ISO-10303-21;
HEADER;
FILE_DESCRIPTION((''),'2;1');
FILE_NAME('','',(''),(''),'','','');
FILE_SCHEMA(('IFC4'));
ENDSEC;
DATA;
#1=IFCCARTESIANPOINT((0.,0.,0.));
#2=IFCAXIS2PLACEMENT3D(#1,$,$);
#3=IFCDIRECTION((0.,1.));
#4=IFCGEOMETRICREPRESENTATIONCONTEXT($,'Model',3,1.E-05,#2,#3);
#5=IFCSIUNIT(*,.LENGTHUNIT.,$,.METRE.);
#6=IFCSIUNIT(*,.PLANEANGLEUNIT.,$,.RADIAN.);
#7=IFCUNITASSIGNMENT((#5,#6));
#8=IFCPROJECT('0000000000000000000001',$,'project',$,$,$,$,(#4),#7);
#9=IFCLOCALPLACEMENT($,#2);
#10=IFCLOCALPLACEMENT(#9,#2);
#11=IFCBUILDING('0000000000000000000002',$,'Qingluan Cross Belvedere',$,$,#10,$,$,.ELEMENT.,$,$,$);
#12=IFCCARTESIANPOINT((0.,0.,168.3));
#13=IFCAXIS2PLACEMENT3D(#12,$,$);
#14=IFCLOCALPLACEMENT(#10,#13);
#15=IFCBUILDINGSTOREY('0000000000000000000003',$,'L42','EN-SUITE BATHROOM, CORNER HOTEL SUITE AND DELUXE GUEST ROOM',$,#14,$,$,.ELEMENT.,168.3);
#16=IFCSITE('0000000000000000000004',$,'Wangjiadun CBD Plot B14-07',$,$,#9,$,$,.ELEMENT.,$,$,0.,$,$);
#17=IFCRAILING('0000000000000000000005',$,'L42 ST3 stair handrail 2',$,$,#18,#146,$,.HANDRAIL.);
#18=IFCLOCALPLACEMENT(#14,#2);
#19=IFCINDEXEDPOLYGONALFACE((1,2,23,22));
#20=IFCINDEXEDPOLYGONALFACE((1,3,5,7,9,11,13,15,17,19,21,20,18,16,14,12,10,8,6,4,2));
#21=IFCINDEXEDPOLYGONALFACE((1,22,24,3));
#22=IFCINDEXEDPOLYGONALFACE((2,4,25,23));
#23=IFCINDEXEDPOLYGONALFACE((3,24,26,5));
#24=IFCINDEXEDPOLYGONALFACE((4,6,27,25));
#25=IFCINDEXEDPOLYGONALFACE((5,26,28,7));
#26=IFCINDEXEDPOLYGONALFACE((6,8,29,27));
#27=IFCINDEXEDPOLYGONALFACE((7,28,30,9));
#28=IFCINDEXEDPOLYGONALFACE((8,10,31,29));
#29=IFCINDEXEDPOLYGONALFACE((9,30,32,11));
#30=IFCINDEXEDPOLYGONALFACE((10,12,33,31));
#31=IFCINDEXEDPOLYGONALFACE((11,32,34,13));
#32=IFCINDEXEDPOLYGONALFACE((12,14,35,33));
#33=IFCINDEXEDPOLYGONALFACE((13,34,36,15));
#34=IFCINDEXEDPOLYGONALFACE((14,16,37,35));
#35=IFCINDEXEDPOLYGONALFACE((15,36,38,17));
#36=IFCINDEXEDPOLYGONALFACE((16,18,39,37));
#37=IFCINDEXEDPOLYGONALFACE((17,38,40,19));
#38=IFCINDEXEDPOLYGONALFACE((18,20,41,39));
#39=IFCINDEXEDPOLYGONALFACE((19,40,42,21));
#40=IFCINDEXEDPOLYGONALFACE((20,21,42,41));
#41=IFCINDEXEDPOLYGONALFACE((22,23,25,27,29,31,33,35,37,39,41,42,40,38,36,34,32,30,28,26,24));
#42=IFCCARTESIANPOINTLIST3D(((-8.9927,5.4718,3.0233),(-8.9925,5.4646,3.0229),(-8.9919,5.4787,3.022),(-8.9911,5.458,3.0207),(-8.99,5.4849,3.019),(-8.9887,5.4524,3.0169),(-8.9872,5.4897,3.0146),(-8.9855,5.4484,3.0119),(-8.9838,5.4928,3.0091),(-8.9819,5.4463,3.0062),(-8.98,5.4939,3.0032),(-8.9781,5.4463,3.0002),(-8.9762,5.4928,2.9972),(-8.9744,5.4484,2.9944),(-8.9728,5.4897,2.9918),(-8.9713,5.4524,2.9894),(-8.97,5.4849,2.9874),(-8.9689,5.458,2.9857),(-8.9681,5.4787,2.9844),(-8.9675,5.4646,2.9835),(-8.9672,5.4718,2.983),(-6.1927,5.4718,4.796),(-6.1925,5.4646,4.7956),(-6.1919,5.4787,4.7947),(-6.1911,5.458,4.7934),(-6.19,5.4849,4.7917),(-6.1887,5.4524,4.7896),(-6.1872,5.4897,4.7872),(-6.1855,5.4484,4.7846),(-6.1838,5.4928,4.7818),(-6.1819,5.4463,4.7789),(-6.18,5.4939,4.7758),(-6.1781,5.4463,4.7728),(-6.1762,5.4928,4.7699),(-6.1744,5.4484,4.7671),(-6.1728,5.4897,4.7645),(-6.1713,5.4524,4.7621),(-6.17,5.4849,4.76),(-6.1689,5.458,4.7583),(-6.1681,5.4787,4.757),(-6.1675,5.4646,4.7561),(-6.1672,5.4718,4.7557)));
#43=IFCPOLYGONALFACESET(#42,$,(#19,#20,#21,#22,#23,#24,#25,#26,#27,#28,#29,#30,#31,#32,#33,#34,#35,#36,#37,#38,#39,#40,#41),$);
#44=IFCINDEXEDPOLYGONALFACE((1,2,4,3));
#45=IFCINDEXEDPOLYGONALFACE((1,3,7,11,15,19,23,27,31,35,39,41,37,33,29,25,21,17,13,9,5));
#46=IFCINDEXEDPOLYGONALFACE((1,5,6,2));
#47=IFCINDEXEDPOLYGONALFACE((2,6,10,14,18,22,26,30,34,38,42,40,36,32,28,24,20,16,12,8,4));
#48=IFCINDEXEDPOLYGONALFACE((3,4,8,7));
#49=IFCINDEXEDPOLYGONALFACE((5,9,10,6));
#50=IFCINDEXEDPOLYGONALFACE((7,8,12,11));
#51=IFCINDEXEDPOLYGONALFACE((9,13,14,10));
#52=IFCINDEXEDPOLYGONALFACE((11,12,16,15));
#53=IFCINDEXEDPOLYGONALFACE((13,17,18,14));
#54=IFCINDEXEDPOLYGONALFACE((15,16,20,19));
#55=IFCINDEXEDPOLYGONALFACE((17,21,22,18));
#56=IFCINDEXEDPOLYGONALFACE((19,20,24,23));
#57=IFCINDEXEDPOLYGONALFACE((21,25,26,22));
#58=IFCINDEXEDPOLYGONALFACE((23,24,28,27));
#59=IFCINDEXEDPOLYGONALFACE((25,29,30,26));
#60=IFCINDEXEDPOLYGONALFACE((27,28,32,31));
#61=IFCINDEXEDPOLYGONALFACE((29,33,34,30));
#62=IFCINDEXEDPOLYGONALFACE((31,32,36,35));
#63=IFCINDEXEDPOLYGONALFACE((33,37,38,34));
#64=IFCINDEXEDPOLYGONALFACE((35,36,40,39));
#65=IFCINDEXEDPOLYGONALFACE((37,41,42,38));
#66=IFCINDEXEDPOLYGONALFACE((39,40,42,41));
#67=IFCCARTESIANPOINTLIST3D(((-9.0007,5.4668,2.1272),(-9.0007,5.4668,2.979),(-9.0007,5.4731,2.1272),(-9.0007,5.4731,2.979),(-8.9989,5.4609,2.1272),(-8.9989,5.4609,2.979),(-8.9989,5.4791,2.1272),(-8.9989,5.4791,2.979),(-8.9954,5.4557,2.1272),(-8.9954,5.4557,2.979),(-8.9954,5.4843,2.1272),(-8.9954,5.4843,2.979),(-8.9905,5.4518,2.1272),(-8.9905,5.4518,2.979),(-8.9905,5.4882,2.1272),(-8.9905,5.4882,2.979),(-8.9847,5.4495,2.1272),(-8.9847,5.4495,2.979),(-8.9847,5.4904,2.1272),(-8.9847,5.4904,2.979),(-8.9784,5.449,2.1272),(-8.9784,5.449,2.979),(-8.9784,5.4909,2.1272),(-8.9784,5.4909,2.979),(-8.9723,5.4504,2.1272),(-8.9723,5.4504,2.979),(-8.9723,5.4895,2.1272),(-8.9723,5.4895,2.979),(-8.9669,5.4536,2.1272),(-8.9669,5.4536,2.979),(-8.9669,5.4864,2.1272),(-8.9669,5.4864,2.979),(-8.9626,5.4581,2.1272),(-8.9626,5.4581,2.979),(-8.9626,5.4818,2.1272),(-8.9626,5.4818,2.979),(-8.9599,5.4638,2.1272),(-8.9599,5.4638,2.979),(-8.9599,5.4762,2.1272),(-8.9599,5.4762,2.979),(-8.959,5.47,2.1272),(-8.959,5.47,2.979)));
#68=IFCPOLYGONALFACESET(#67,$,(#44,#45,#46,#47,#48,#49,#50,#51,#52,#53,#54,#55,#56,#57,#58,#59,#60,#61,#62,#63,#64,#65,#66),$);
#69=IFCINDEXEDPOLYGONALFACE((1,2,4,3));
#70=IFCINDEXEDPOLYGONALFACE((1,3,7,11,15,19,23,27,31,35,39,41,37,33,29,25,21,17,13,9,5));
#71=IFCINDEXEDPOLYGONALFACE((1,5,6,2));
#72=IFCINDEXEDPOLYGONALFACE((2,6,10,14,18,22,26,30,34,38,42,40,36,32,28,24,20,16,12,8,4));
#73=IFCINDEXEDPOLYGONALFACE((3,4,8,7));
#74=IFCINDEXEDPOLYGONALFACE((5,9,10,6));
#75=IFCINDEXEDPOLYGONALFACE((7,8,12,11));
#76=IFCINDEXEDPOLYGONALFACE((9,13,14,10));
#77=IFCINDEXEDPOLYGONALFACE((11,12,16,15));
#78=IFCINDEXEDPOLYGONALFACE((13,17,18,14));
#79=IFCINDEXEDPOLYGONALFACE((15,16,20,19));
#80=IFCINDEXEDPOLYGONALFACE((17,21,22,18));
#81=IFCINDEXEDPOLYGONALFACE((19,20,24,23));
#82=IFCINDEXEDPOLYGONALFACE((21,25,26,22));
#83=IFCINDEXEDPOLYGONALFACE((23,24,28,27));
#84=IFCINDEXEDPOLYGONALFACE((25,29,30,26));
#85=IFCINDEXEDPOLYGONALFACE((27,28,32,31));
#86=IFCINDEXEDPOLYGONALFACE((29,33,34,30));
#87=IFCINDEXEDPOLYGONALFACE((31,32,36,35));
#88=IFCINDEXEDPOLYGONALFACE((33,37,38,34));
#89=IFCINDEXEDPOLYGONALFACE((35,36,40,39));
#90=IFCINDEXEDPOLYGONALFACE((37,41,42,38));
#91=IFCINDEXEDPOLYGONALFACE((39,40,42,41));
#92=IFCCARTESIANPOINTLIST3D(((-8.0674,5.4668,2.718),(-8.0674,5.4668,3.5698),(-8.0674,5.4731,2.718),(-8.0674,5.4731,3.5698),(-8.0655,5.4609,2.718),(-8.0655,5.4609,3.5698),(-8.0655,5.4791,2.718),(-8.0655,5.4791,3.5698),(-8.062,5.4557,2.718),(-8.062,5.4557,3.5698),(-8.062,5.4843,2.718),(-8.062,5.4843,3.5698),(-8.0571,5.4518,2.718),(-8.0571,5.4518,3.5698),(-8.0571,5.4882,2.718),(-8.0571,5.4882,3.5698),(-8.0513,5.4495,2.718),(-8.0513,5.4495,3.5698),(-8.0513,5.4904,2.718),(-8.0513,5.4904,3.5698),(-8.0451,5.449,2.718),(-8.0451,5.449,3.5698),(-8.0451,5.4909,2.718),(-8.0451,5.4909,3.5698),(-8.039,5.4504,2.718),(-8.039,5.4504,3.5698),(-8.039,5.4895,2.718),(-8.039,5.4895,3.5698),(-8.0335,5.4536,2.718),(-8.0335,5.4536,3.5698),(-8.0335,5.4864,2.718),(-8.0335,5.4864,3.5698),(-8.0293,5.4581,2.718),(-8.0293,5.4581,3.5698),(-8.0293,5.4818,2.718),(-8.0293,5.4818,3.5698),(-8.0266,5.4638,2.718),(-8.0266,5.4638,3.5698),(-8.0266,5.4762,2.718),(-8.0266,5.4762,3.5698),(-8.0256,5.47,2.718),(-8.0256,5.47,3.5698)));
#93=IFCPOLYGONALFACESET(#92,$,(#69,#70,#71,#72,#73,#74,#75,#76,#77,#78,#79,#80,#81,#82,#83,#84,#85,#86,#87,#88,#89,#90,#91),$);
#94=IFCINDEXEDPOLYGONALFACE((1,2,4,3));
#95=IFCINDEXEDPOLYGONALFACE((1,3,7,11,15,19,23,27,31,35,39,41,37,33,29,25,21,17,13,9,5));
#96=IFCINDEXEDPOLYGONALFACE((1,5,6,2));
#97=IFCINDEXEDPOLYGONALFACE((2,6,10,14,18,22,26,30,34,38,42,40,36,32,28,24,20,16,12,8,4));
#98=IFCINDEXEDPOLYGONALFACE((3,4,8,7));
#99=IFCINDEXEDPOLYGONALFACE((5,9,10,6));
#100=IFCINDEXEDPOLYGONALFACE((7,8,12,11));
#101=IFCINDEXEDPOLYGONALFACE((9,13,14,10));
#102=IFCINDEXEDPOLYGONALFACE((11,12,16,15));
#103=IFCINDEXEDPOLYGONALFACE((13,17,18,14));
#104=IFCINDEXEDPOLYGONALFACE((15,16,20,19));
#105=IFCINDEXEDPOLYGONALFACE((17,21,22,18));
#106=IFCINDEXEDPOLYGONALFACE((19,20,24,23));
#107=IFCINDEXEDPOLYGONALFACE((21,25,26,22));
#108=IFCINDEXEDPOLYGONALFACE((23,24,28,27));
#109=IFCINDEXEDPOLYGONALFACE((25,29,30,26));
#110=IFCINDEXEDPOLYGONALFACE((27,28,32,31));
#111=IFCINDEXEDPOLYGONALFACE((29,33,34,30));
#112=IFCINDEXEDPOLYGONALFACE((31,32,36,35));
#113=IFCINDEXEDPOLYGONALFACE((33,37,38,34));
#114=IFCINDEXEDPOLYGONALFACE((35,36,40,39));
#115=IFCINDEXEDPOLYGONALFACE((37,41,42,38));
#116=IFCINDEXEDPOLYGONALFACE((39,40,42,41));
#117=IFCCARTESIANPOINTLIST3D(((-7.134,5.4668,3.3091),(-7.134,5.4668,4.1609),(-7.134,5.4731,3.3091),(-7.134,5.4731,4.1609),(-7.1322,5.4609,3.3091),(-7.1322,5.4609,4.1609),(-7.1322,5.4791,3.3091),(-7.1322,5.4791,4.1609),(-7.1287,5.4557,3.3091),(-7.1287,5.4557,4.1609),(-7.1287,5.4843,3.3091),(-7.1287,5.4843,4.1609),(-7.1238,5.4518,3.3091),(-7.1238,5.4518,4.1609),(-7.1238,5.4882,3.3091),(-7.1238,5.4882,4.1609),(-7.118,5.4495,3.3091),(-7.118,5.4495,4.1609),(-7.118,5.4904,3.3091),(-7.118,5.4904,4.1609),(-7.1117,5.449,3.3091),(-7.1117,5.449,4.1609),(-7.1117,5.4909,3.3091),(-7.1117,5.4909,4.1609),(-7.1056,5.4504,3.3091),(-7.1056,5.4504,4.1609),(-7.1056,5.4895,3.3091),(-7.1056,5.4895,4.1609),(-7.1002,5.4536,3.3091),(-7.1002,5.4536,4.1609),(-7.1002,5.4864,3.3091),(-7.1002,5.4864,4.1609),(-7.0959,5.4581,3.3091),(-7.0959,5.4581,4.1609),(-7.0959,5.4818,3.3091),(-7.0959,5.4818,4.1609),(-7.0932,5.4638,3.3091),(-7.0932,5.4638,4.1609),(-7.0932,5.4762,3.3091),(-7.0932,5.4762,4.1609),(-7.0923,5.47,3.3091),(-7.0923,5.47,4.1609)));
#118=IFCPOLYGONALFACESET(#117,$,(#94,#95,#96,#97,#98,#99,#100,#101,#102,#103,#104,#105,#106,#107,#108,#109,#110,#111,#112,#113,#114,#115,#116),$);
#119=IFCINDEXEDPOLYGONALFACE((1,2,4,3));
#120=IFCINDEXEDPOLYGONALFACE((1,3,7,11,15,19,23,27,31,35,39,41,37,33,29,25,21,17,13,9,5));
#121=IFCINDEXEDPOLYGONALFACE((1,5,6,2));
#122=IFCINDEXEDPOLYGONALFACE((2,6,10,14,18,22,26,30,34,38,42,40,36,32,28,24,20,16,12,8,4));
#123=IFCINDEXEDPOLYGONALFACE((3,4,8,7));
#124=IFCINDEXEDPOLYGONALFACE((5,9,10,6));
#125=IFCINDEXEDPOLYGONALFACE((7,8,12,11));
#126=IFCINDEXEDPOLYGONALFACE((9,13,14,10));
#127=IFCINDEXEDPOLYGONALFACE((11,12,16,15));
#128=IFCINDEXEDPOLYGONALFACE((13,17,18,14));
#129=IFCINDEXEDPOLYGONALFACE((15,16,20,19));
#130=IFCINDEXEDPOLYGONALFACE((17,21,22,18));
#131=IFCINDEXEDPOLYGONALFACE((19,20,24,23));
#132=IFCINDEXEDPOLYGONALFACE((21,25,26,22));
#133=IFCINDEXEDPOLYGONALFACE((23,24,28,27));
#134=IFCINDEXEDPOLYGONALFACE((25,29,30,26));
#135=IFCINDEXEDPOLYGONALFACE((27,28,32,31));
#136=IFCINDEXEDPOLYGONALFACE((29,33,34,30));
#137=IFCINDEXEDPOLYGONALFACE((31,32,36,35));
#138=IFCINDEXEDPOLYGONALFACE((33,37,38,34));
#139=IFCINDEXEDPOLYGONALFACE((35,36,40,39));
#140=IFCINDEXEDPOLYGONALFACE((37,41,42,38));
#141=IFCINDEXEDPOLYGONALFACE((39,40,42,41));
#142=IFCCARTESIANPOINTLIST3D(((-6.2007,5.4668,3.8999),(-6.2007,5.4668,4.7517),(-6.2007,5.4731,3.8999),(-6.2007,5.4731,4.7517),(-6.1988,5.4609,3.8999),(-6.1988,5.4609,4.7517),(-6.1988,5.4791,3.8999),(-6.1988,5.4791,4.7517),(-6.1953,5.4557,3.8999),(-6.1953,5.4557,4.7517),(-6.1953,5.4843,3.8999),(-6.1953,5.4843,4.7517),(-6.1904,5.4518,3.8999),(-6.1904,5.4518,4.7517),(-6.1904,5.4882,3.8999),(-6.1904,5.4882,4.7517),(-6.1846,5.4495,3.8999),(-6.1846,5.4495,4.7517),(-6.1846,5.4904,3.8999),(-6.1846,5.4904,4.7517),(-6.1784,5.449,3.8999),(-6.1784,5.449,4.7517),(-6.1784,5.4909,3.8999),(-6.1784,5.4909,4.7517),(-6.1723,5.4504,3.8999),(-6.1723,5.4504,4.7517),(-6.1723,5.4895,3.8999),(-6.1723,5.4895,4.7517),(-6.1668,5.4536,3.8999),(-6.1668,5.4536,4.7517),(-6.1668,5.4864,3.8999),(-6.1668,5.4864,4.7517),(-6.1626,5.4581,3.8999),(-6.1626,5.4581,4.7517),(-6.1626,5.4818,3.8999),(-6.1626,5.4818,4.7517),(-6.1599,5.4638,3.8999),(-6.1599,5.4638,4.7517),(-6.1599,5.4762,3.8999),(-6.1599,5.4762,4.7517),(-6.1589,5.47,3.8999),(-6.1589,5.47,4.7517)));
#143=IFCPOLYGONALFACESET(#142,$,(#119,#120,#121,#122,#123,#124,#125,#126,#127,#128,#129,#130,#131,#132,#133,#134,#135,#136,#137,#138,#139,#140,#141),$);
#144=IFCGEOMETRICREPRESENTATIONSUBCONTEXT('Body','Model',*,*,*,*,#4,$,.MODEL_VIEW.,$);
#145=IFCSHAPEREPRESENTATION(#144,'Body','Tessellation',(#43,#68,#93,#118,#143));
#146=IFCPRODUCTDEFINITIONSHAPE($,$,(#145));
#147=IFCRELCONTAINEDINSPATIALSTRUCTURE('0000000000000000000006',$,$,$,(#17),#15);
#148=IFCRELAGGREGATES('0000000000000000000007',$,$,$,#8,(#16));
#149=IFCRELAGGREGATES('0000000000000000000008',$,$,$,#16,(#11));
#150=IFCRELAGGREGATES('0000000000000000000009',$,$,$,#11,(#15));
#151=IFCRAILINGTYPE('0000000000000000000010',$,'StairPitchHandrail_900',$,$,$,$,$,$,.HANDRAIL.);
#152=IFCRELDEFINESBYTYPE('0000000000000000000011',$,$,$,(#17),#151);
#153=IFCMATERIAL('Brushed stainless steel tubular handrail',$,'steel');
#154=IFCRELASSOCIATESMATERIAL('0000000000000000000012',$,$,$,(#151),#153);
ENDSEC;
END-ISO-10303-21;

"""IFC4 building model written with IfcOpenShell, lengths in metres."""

from ifc_helpers import new_model, si_unit, direction, frame, origin, origin_2d, place, context, subcontext, project, spatial, circle, extrude, material, type_object, element, save


model = new_model("IFC4")

# Units and contexts
model_context = context("Model", 3, precision=1e-05, world=origin(), true_north=direction((0.0, 1.0)))
body_context = subcontext(model_context, "Body", "Model", "MODEL_VIEW")
ifc_project = project(units=[si_unit("LENGTHUNIT", "METRE"), si_unit("PLANEANGLEUNIT", "RADIAN")], contexts=[model_context])

# Site, building, storey
site_placement = place(None, origin())
site = spatial("IfcSite", under=ifc_project, at=site_placement, Name="Wangjiadun CBD Plot B14-07", CompositionType="ELEMENT", RefElevation=0.0)
building_placement = place(site_placement, origin())
building = spatial("IfcBuilding", under=site, at=building_placement, Name="Qingluan Cross Belvedere", CompositionType="ELEMENT")
storey_placement = place(building_placement, frame((0.0, 0.0, 168.3)))
storey = spatial("IfcBuildingStorey", under=building, at=storey_placement, Name="L42", Description="EN-SUITE BATHROOM, CORNER HOTEL SUITE AND DELUXE GUEST ROOM", CompositionType="ELEMENT", Elevation=168.3)

# Railing
ifc_material_1 = material(Name="Brushed stainless steel tubular handrail", Category="steel")
railing_type_1 = type_object("IfcRailingType", Name="StairPitchHandrail_900", PredefinedType="HANDRAIL", material=ifc_material_1)
railing_1_placement = place(storey_placement, frame((-8.98, 5.47, 2.1272)))
element("IfcRailing", 1, at=railing_1_placement, inside=storey, type_object=railing_type_1, Name="L42 ST3 stair handrail 2", PredefinedType="HANDRAIL", context=body_context, shape_type="SweptSolid", body=[
    extrude(circle(Radius=0.0239, at=origin_2d()), frame((0.0, 0.0, 0.876), z_axis=(0.844909, 0.0, 0.53491), x_axis=(0.0, 1.0, 0.0)), (0.0, 0.0, 1.0), 3.314),
    extrude(circle(Radius=0.021, at=origin_2d()), origin(), (0.0, 0.0, 1.0), 0.8518),
    extrude(circle(Radius=0.021, at=origin_2d()), frame((0.9333, 0.0, 0.5908)), (0.0, 0.0, 1.0), 0.8518),
    extrude(circle(Radius=0.021, at=origin_2d()), frame((1.8667, 0.0, 1.1819)), (0.0, 0.0, 1.0), 0.8518),
    extrude(circle(Radius=0.021, at=origin_2d()), frame((2.8, 0.0, 1.7727)), (0.0, 0.0, 1.0), 0.8518),
])

save(model, "model.ifc")
